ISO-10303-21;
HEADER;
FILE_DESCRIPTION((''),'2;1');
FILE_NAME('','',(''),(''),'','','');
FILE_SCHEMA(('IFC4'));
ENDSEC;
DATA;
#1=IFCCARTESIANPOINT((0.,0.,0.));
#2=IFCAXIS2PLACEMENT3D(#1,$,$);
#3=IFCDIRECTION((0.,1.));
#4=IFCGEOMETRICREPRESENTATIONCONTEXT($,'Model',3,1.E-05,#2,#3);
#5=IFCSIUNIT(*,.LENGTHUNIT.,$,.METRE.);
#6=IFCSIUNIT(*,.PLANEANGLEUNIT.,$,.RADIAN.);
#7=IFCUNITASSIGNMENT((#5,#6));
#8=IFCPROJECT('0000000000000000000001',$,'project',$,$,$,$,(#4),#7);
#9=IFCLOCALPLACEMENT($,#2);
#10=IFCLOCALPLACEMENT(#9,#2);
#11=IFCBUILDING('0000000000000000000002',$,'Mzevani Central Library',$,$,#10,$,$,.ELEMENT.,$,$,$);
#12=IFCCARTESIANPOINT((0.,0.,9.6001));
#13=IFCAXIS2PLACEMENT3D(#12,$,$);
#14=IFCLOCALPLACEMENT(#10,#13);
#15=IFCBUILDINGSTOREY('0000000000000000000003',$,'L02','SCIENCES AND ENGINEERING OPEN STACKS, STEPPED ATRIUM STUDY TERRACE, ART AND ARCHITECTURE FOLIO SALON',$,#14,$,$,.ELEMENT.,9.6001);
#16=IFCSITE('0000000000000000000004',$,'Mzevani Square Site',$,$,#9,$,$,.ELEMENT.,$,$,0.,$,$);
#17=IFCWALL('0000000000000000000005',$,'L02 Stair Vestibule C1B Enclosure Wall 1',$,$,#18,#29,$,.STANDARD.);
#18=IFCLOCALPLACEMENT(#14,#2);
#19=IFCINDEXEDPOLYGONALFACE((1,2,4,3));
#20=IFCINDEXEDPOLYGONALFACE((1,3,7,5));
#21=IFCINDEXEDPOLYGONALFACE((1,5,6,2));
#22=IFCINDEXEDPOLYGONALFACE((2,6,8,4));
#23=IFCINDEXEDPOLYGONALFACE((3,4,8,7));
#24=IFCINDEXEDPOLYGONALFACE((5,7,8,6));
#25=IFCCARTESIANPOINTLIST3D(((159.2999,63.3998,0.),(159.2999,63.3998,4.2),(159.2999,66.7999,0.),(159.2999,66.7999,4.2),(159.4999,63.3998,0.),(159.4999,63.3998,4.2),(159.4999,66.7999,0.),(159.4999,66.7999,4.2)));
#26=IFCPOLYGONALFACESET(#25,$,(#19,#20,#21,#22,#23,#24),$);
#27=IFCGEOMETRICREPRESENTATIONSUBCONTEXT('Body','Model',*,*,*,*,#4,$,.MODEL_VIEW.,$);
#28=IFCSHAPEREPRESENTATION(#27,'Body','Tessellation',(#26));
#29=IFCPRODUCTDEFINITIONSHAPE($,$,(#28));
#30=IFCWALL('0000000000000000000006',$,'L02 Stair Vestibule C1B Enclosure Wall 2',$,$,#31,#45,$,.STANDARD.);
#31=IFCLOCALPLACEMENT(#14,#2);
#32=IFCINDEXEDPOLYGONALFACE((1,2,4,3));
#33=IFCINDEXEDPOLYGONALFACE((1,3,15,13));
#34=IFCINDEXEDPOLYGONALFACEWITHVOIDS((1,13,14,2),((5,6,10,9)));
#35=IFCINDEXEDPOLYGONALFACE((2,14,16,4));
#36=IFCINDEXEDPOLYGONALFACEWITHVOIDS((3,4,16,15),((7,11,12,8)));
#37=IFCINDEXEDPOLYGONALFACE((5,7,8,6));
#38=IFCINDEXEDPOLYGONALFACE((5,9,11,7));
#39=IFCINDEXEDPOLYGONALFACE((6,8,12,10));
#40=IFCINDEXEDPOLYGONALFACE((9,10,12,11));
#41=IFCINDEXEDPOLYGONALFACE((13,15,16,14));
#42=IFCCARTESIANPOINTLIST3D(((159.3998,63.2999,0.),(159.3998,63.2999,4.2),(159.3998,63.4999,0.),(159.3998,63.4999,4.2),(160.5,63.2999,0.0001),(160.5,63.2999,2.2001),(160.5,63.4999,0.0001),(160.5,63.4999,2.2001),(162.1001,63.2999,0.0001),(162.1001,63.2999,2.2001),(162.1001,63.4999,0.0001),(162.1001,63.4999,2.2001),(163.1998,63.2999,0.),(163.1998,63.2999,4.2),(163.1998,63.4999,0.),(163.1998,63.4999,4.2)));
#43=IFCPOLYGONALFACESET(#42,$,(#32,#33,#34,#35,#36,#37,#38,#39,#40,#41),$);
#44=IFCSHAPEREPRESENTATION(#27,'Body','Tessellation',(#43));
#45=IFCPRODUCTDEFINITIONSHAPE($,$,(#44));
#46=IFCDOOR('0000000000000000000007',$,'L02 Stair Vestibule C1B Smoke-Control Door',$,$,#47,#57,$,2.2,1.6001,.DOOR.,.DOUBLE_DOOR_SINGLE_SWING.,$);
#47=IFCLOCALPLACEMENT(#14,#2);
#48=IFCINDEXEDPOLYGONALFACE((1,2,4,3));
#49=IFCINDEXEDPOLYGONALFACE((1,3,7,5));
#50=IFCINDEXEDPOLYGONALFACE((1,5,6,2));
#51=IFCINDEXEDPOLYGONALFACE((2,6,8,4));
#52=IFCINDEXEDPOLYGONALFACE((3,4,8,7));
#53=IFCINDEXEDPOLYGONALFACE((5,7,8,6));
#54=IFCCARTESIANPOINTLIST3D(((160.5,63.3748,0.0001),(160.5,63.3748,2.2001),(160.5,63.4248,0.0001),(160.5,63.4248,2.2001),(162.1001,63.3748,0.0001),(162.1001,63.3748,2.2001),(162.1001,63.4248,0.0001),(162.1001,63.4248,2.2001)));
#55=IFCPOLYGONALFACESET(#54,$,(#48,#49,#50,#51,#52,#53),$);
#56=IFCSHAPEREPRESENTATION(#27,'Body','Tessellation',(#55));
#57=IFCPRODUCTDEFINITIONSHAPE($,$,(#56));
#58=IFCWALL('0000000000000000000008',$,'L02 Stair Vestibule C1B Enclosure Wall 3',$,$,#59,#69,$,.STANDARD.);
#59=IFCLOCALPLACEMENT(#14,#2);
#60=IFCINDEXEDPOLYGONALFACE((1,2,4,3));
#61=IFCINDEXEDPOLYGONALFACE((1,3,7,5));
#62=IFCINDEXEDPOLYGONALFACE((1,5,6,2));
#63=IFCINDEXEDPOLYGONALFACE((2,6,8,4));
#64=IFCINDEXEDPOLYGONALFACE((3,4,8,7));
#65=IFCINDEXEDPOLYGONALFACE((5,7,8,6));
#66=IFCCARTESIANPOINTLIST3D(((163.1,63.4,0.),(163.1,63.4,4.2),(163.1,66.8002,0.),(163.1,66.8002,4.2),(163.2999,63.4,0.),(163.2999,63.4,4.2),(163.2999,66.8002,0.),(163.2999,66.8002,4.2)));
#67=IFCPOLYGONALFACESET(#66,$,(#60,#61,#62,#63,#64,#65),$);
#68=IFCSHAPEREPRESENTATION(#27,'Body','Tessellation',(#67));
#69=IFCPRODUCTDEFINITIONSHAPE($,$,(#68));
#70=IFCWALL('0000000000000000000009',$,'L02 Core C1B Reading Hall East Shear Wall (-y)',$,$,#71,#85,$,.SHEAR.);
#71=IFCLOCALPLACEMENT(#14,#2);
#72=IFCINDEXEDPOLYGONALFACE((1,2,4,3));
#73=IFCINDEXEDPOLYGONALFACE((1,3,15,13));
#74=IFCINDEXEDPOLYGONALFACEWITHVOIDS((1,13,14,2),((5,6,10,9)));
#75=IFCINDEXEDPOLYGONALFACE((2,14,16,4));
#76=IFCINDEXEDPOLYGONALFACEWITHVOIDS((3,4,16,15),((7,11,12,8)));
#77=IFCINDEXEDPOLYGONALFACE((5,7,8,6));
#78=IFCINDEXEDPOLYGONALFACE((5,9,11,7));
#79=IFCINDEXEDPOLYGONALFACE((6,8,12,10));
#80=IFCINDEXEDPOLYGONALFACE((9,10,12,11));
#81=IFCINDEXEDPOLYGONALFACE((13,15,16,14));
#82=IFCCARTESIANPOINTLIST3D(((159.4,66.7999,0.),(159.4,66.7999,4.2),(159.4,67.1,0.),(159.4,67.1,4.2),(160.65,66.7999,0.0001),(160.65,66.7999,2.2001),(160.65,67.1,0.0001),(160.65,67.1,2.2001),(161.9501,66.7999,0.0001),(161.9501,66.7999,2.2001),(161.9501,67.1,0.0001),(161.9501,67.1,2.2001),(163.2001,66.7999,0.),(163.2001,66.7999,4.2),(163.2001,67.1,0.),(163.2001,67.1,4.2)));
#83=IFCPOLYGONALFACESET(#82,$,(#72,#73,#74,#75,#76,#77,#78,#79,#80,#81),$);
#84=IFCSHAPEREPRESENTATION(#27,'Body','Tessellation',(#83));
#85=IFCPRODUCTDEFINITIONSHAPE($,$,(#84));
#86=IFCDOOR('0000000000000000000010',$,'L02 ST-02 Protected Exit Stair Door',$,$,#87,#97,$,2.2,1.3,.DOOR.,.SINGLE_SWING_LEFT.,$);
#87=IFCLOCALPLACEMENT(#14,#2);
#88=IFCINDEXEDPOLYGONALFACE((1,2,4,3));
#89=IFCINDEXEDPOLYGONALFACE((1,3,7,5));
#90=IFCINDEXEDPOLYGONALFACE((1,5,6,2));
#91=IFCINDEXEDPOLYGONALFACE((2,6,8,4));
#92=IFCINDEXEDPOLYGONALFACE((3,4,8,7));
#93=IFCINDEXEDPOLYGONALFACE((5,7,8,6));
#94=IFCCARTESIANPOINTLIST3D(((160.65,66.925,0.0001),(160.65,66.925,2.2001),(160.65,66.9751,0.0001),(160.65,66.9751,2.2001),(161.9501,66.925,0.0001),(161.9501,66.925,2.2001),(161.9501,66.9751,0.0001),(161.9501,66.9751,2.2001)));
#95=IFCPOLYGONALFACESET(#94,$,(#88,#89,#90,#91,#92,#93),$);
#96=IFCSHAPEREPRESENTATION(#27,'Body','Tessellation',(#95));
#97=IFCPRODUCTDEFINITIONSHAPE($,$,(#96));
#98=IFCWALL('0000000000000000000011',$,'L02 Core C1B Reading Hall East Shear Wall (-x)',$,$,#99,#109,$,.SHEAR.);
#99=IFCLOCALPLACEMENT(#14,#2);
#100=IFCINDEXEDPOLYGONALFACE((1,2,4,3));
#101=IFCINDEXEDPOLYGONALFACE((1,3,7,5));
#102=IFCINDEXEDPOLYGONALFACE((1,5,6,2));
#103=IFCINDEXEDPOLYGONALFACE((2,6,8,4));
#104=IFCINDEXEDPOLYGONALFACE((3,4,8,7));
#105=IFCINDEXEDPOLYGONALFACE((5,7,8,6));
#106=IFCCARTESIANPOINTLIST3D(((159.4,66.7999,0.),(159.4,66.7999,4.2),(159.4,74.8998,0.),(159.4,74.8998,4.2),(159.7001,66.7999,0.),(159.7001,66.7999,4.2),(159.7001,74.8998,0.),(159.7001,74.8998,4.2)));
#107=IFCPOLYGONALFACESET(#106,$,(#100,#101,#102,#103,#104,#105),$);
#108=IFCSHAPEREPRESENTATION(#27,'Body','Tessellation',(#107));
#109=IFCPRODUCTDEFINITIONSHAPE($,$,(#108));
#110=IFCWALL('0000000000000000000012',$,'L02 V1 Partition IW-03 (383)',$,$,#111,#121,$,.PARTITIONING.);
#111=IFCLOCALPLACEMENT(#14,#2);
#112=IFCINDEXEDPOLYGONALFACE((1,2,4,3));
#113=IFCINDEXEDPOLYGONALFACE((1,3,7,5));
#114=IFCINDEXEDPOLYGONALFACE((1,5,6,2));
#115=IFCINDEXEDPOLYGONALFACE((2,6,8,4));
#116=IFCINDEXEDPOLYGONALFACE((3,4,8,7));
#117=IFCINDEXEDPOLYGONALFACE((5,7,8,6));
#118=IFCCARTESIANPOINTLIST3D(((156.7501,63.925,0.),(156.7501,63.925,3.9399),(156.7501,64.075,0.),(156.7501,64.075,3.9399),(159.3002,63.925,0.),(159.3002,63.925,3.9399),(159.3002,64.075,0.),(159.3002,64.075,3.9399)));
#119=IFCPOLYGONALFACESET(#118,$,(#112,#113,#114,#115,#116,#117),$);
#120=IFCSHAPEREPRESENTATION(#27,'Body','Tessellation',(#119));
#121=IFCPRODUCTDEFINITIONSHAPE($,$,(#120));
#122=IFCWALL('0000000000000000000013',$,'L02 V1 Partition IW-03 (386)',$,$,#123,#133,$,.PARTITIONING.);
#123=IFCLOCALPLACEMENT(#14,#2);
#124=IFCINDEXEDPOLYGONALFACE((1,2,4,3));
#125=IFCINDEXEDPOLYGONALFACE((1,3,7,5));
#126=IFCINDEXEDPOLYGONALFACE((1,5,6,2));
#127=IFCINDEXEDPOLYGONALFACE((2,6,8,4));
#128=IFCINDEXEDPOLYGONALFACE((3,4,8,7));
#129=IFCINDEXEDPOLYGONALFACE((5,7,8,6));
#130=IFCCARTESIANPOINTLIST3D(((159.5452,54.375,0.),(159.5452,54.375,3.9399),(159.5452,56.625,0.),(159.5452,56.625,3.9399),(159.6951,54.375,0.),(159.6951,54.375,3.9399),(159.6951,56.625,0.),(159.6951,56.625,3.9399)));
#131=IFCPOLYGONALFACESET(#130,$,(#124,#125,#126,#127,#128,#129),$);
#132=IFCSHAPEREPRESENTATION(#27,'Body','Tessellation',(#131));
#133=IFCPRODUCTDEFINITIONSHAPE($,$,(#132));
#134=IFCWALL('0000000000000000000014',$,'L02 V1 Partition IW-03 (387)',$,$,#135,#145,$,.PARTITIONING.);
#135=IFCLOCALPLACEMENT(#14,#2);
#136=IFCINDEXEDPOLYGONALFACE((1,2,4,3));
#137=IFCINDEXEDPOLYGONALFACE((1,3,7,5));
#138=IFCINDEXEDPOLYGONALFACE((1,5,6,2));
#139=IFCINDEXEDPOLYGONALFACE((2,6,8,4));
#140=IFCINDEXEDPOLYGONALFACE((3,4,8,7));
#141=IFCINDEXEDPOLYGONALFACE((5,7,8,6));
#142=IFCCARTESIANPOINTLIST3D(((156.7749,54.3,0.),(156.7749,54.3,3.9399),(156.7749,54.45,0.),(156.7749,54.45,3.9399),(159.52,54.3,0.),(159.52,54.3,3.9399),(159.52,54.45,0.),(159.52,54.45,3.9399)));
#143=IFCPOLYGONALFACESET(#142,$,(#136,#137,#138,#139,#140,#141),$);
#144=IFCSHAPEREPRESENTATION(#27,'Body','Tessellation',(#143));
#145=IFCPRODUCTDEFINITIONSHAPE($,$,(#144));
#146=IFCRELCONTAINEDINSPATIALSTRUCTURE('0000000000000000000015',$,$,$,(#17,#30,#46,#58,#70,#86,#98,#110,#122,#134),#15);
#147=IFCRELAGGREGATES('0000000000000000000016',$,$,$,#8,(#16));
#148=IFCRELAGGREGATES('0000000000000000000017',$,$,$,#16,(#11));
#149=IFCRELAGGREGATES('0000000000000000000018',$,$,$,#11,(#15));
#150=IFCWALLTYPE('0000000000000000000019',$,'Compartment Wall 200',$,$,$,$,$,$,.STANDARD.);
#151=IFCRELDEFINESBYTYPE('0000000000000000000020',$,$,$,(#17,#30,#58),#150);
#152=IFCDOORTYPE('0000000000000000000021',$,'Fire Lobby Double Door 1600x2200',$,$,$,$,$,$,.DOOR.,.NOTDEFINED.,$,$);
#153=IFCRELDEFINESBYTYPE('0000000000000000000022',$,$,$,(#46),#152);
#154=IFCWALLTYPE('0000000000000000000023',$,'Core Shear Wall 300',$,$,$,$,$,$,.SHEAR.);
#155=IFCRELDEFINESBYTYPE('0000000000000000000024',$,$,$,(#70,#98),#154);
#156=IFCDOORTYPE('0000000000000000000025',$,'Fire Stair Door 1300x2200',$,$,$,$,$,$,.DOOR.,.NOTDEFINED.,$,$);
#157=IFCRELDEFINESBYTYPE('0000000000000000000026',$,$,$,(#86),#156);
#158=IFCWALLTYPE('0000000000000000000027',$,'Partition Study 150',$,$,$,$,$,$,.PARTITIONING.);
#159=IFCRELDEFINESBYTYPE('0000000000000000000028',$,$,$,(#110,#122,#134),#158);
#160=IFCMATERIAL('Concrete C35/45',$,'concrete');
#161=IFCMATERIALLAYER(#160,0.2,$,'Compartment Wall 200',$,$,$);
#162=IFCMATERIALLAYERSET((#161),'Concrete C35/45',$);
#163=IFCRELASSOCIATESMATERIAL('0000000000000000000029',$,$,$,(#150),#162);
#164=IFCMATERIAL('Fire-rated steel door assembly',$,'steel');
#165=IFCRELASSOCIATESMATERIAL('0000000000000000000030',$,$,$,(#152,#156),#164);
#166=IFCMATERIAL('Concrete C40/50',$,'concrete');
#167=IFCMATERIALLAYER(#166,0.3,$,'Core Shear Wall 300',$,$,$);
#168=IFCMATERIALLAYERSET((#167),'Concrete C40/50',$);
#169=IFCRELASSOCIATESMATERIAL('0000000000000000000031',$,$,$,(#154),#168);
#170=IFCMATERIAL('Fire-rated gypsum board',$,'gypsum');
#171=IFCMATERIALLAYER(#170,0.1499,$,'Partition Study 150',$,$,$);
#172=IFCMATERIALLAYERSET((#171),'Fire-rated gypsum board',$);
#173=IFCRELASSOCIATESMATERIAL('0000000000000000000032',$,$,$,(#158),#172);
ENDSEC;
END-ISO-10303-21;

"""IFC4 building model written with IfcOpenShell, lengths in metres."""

from ifc_helpers import new_model, si_unit, direction, frame, frame_2d, origin, place, context, subcontext, project, spatial, rectangle, extrude, material, layer, layer_set, type_object, element, fill, save


model = new_model("IFC4")

# Units and contexts
model_context = context("Model", 3, precision=1e-05, world=origin(), true_north=direction((0.0, 1.0)))
body_context = subcontext(model_context, "Body", "Model", "MODEL_VIEW")
ifc_project = project(units=[si_unit("LENGTHUNIT", "METRE"), si_unit("PLANEANGLEUNIT", "RADIAN")], contexts=[model_context])

# Site, building, storey
site_placement = place(None, origin())
site = spatial("IfcSite", under=ifc_project, at=site_placement, Name="Mzevani Square Site", CompositionType="ELEMENT", RefElevation=0.0)
building_placement = place(site_placement, origin())
building = spatial("IfcBuilding", under=site, at=building_placement, Name="Mzevani Central Library", CompositionType="ELEMENT")
storey_placement = place(building_placement, frame((0.0, 0.0, 9.6001)))
storey = spatial("IfcBuildingStorey", under=building, at=storey_placement, Name="L02", Description="SCIENCES AND ENGINEERING OPEN STACKS, STEPPED ATRIUM STUDY TERRACE, ART AND ARCHITECTURE FOLIO SALON", CompositionType="ELEMENT", Elevation=9.6001)

# Shared definitions
ifc_material_1 = material(Name="Concrete C40/50", Category="concrete")

# Shared definitions
ifc_material_2 = material(Name="Concrete C35/45", Category="concrete")

# Wall
ifc_layer_1 = layer(ifc_material_2, 0.2, Name="Compartment Wall 200")
ifc_layer_set_1 = layer_set([ifc_layer_1], Name="Concrete C35/45")
wall_type_1 = type_object("IfcWallType", Name="Compartment Wall 200", PredefinedType="STANDARD", material=ifc_layer_set_1)
wall_1_placement = place(storey_placement, frame((159.3999, 66.8, 0.0), z_axis=(0.0, 0.0, 1.0), x_axis=(0.0, -1.0, 0.0)))
element("IfcWall", 1, at=wall_1_placement, inside=storey, type_object=wall_type_1, Name="L02 Stair Vestibule C1B Enclosure Wall 1", PredefinedType="STANDARD", context=body_context, shape_type="SweptSolid", body=[
    extrude(rectangle(XDim=3.4001, YDim=0.2, at=frame_2d((1.7002, 0.0))), origin(), (0.0, 0.0, 1.0), 4.2),
])

# Wall, opening, door
wall_2_placement = place(storey_placement, frame((159.3999, 63.3999, 0.0), z_axis=(0.0, 0.0, 1.0), x_axis=(1.0, 0.0, 0.0)))
wall_2 = element("IfcWall", 2, at=wall_2_placement, inside=storey, type_object=wall_type_1, Name="L02 Stair Vestibule C1B Enclosure Wall 2", PredefinedType="STANDARD", context=body_context, shape_type="SweptSolid", body=[
    extrude(rectangle(XDim=3.8, YDim=0.2, at=frame_2d((1.8999, 0.0))), origin(), (0.0, 0.0, 1.0), 4.2),
])
opening_1_placement = place(wall_2_placement, frame((1.1001, 0.0, 0.0)))
opening_1 = element("IfcOpeningElement", 3, at=opening_1_placement, cuts=wall_2, PredefinedType="OPENING", context=body_context, shape_type="SweptSolid", body=[
    extrude(rectangle(XDim=1.6001, YDim=2.2, at=frame_2d((0.8, 1.1001))), frame((0.0, 0.1099, 0.0), z_axis=(0.0, -1.0, 0.0), x_axis=(1.0, 0.0, 0.0)), (0.0, 0.0, 1.0), 0.22),
])
ifc_material_3 = material(Name="Fire-rated steel door assembly", Category="steel")
door_type_1 = type_object("IfcDoorType", Name="Fire Lobby Double Door 1600x2200", OperationType="NOTDEFINED", PredefinedType="DOOR", material=ifc_material_3)
door_1_placement = place(opening_1_placement, origin())
door_1 = element("IfcDoor", 4, at=door_1_placement, inside=storey, type_object=door_type_1, Name="L02 Stair Vestibule C1B Smoke-Control Door", OperationType="DOUBLE_DOOR_SINGLE_SWING", OverallHeight=2.2, OverallWidth=1.6001, PredefinedType="DOOR", context=body_context, shape_type="SweptSolid", body=[
    extrude(rectangle(XDim=1.6001, YDim=2.2, at=frame_2d((0.8, 1.1001))), frame((0.0, 0.0249, 0.0), z_axis=(0.0, -1.0, 0.0), x_axis=(1.0, 0.0, 0.0)), (0.0, 0.0, 1.0), 0.05),
])
fill(opening_1, door_1)

# Wall
wall_3_placement = place(storey_placement, frame((163.2, 63.3999, 0.0), z_axis=(0.0, 0.0, 1.0), x_axis=(0.0, 1.0, 0.0)))
element("IfcWall", 5, at=wall_3_placement, inside=storey, type_object=wall_type_1, Name="L02 Stair Vestibule C1B Enclosure Wall 3", PredefinedType="STANDARD", context=body_context, shape_type="SweptSolid", body=[
    extrude(rectangle(XDim=3.4001, YDim=0.2, at=frame_2d((1.7002, 0.0))), origin(), (0.0, 0.0, 1.0), 4.2),
])

# Wall, opening, door
ifc_layer_2 = layer(ifc_material_1, 0.3, Name="Core Shear Wall 300")
ifc_layer_set_2 = layer_set([ifc_layer_2], Name="Concrete C40/50")
wall_type_2 = type_object("IfcWallType", Name="Core Shear Wall 300", PredefinedType="SHEAR", material=ifc_layer_set_2)
wall_4_placement = place(storey_placement, frame((163.2, 66.95, 0.0), z_axis=(0.0, 0.0, 1.0), x_axis=(-1.0, 0.0, 0.0)))
wall_4 = element("IfcWall", 6, at=wall_4_placement, inside=storey, type_object=wall_type_2, Name="L02 Core C1B Reading Hall East Shear Wall (-y)", PredefinedType="SHEAR", context=body_context, shape_type="SweptSolid", body=[
    extrude(rectangle(XDim=3.8, YDim=0.3, at=frame_2d((1.8999, 0.0))), origin(), (0.0, 0.0, 1.0), 4.2),
])
opening_2_placement = place(wall_4_placement, frame((1.25, 0.0, 0.0)))
opening_2 = element("IfcOpeningElement", 7, at=opening_2_placement, cuts=wall_4, PredefinedType="OPENING", context=body_context, shape_type="SweptSolid", body=[
    extrude(rectangle(XDim=1.3, YDim=2.2, at=frame_2d((0.6499, 1.1001))), frame((0.0, 0.1602, 0.0), z_axis=(0.0, -1.0, 0.0), x_axis=(1.0, 0.0, 0.0)), (0.0, 0.0, 1.0), 0.3201),
])
door_type_2 = type_object("IfcDoorType", Name="Fire Stair Door 1300x2200", OperationType="NOTDEFINED", PredefinedType="DOOR", material=ifc_material_3)
door_2_placement = place(opening_2_placement, origin())
door_2 = element("IfcDoor", 8, at=door_2_placement, inside=storey, type_object=door_type_2, Name="L02 ST-02 Protected Exit Stair Door", OperationType="SINGLE_SWING_LEFT", OverallHeight=2.2, OverallWidth=1.3, PredefinedType="DOOR", context=body_context, shape_type="SweptSolid", body=[
    extrude(rectangle(XDim=1.3, YDim=2.2, at=frame_2d((0.6499, 1.1001))), frame((0.0, 0.0249, 0.0), z_axis=(0.0, -1.0, 0.0), x_axis=(1.0, 0.0, 0.0)), (0.0, 0.0, 1.0), 0.05),
])
fill(opening_2, door_2)

# Walls
wall_5_placement = place(storey_placement, frame((159.55, 66.8, 0.0), z_axis=(0.0, 0.0, 1.0), x_axis=(0.0, 1.0, 0.0)))
element("IfcWall", 9, at=wall_5_placement, inside=storey, type_object=wall_type_2, Name="L02 Core C1B Reading Hall East Shear Wall (-x)", PredefinedType="SHEAR", context=body_context, shape_type="SweptSolid", body=[
    extrude(rectangle(XDim=8.0999, YDim=0.3, at=frame_2d((4.0498, 0.0))), origin(), (0.0, 0.0, 1.0), 4.2),
])
ifc_material_4 = material(Name="Fire-rated gypsum board", Category="gypsum")
ifc_layer_3 = layer(ifc_material_4, 0.1499, Name="Partition Study 150")
ifc_layer_set_3 = layer_set([ifc_layer_3], Name="Fire-rated gypsum board")
wall_type_3 = type_object("IfcWallType", Name="Partition Study 150", PredefinedType="PARTITIONING", material=ifc_layer_set_3)
wall_6_placement = place(storey_placement, frame((159.3, 64.0, 0.0), z_axis=(0.0, 0.0, 1.0), x_axis=(-1.0, 0.0, 0.0)))
element("IfcWall", 10, at=wall_6_placement, inside=storey, type_object=wall_type_3, Name="L02 V1 Partition IW-03 (383)", PredefinedType="PARTITIONING", context=body_context, shape_type="SweptSolid", body=[
    extrude(rectangle(XDim=2.55, YDim=0.1499, at=frame_2d((1.2749, 0.0))), origin(), (0.0, 0.0, 1.0), 3.9399),
])
wall_7_placement = place(storey_placement, frame((159.6201, 56.625, 0.0), z_axis=(0.0, 0.0, 1.0), x_axis=(0.0, -1.0, 0.0)))
element("IfcWall", 11, at=wall_7_placement, inside=storey, type_object=wall_type_3, Name="L02 V1 Partition IW-03 (386)", PredefinedType="PARTITIONING", context=body_context, shape_type="SweptSolid", body=[
    extrude(rectangle(XDim=2.25, YDim=0.1499, at=frame_2d((1.125, 0.0))), origin(), (0.0, 0.0, 1.0), 3.9399),
])
wall_8_placement = place(storey_placement, frame((159.52, 54.375, 0.0), z_axis=(0.0, 0.0, 1.0), x_axis=(-1.0, 0.0, 0.0)))
element("IfcWall", 12, at=wall_8_placement, inside=storey, type_object=wall_type_3, Name="L02 V1 Partition IW-03 (387)", PredefinedType="PARTITIONING", context=body_context, shape_type="SweptSolid", body=[
    extrude(rectangle(XDim=2.7451, YDim=0.1499, at=frame_2d((1.3726, 0.0))), origin(), (0.0, 0.0, 1.0), 3.9399),
])

save(model, "model.ifc")
